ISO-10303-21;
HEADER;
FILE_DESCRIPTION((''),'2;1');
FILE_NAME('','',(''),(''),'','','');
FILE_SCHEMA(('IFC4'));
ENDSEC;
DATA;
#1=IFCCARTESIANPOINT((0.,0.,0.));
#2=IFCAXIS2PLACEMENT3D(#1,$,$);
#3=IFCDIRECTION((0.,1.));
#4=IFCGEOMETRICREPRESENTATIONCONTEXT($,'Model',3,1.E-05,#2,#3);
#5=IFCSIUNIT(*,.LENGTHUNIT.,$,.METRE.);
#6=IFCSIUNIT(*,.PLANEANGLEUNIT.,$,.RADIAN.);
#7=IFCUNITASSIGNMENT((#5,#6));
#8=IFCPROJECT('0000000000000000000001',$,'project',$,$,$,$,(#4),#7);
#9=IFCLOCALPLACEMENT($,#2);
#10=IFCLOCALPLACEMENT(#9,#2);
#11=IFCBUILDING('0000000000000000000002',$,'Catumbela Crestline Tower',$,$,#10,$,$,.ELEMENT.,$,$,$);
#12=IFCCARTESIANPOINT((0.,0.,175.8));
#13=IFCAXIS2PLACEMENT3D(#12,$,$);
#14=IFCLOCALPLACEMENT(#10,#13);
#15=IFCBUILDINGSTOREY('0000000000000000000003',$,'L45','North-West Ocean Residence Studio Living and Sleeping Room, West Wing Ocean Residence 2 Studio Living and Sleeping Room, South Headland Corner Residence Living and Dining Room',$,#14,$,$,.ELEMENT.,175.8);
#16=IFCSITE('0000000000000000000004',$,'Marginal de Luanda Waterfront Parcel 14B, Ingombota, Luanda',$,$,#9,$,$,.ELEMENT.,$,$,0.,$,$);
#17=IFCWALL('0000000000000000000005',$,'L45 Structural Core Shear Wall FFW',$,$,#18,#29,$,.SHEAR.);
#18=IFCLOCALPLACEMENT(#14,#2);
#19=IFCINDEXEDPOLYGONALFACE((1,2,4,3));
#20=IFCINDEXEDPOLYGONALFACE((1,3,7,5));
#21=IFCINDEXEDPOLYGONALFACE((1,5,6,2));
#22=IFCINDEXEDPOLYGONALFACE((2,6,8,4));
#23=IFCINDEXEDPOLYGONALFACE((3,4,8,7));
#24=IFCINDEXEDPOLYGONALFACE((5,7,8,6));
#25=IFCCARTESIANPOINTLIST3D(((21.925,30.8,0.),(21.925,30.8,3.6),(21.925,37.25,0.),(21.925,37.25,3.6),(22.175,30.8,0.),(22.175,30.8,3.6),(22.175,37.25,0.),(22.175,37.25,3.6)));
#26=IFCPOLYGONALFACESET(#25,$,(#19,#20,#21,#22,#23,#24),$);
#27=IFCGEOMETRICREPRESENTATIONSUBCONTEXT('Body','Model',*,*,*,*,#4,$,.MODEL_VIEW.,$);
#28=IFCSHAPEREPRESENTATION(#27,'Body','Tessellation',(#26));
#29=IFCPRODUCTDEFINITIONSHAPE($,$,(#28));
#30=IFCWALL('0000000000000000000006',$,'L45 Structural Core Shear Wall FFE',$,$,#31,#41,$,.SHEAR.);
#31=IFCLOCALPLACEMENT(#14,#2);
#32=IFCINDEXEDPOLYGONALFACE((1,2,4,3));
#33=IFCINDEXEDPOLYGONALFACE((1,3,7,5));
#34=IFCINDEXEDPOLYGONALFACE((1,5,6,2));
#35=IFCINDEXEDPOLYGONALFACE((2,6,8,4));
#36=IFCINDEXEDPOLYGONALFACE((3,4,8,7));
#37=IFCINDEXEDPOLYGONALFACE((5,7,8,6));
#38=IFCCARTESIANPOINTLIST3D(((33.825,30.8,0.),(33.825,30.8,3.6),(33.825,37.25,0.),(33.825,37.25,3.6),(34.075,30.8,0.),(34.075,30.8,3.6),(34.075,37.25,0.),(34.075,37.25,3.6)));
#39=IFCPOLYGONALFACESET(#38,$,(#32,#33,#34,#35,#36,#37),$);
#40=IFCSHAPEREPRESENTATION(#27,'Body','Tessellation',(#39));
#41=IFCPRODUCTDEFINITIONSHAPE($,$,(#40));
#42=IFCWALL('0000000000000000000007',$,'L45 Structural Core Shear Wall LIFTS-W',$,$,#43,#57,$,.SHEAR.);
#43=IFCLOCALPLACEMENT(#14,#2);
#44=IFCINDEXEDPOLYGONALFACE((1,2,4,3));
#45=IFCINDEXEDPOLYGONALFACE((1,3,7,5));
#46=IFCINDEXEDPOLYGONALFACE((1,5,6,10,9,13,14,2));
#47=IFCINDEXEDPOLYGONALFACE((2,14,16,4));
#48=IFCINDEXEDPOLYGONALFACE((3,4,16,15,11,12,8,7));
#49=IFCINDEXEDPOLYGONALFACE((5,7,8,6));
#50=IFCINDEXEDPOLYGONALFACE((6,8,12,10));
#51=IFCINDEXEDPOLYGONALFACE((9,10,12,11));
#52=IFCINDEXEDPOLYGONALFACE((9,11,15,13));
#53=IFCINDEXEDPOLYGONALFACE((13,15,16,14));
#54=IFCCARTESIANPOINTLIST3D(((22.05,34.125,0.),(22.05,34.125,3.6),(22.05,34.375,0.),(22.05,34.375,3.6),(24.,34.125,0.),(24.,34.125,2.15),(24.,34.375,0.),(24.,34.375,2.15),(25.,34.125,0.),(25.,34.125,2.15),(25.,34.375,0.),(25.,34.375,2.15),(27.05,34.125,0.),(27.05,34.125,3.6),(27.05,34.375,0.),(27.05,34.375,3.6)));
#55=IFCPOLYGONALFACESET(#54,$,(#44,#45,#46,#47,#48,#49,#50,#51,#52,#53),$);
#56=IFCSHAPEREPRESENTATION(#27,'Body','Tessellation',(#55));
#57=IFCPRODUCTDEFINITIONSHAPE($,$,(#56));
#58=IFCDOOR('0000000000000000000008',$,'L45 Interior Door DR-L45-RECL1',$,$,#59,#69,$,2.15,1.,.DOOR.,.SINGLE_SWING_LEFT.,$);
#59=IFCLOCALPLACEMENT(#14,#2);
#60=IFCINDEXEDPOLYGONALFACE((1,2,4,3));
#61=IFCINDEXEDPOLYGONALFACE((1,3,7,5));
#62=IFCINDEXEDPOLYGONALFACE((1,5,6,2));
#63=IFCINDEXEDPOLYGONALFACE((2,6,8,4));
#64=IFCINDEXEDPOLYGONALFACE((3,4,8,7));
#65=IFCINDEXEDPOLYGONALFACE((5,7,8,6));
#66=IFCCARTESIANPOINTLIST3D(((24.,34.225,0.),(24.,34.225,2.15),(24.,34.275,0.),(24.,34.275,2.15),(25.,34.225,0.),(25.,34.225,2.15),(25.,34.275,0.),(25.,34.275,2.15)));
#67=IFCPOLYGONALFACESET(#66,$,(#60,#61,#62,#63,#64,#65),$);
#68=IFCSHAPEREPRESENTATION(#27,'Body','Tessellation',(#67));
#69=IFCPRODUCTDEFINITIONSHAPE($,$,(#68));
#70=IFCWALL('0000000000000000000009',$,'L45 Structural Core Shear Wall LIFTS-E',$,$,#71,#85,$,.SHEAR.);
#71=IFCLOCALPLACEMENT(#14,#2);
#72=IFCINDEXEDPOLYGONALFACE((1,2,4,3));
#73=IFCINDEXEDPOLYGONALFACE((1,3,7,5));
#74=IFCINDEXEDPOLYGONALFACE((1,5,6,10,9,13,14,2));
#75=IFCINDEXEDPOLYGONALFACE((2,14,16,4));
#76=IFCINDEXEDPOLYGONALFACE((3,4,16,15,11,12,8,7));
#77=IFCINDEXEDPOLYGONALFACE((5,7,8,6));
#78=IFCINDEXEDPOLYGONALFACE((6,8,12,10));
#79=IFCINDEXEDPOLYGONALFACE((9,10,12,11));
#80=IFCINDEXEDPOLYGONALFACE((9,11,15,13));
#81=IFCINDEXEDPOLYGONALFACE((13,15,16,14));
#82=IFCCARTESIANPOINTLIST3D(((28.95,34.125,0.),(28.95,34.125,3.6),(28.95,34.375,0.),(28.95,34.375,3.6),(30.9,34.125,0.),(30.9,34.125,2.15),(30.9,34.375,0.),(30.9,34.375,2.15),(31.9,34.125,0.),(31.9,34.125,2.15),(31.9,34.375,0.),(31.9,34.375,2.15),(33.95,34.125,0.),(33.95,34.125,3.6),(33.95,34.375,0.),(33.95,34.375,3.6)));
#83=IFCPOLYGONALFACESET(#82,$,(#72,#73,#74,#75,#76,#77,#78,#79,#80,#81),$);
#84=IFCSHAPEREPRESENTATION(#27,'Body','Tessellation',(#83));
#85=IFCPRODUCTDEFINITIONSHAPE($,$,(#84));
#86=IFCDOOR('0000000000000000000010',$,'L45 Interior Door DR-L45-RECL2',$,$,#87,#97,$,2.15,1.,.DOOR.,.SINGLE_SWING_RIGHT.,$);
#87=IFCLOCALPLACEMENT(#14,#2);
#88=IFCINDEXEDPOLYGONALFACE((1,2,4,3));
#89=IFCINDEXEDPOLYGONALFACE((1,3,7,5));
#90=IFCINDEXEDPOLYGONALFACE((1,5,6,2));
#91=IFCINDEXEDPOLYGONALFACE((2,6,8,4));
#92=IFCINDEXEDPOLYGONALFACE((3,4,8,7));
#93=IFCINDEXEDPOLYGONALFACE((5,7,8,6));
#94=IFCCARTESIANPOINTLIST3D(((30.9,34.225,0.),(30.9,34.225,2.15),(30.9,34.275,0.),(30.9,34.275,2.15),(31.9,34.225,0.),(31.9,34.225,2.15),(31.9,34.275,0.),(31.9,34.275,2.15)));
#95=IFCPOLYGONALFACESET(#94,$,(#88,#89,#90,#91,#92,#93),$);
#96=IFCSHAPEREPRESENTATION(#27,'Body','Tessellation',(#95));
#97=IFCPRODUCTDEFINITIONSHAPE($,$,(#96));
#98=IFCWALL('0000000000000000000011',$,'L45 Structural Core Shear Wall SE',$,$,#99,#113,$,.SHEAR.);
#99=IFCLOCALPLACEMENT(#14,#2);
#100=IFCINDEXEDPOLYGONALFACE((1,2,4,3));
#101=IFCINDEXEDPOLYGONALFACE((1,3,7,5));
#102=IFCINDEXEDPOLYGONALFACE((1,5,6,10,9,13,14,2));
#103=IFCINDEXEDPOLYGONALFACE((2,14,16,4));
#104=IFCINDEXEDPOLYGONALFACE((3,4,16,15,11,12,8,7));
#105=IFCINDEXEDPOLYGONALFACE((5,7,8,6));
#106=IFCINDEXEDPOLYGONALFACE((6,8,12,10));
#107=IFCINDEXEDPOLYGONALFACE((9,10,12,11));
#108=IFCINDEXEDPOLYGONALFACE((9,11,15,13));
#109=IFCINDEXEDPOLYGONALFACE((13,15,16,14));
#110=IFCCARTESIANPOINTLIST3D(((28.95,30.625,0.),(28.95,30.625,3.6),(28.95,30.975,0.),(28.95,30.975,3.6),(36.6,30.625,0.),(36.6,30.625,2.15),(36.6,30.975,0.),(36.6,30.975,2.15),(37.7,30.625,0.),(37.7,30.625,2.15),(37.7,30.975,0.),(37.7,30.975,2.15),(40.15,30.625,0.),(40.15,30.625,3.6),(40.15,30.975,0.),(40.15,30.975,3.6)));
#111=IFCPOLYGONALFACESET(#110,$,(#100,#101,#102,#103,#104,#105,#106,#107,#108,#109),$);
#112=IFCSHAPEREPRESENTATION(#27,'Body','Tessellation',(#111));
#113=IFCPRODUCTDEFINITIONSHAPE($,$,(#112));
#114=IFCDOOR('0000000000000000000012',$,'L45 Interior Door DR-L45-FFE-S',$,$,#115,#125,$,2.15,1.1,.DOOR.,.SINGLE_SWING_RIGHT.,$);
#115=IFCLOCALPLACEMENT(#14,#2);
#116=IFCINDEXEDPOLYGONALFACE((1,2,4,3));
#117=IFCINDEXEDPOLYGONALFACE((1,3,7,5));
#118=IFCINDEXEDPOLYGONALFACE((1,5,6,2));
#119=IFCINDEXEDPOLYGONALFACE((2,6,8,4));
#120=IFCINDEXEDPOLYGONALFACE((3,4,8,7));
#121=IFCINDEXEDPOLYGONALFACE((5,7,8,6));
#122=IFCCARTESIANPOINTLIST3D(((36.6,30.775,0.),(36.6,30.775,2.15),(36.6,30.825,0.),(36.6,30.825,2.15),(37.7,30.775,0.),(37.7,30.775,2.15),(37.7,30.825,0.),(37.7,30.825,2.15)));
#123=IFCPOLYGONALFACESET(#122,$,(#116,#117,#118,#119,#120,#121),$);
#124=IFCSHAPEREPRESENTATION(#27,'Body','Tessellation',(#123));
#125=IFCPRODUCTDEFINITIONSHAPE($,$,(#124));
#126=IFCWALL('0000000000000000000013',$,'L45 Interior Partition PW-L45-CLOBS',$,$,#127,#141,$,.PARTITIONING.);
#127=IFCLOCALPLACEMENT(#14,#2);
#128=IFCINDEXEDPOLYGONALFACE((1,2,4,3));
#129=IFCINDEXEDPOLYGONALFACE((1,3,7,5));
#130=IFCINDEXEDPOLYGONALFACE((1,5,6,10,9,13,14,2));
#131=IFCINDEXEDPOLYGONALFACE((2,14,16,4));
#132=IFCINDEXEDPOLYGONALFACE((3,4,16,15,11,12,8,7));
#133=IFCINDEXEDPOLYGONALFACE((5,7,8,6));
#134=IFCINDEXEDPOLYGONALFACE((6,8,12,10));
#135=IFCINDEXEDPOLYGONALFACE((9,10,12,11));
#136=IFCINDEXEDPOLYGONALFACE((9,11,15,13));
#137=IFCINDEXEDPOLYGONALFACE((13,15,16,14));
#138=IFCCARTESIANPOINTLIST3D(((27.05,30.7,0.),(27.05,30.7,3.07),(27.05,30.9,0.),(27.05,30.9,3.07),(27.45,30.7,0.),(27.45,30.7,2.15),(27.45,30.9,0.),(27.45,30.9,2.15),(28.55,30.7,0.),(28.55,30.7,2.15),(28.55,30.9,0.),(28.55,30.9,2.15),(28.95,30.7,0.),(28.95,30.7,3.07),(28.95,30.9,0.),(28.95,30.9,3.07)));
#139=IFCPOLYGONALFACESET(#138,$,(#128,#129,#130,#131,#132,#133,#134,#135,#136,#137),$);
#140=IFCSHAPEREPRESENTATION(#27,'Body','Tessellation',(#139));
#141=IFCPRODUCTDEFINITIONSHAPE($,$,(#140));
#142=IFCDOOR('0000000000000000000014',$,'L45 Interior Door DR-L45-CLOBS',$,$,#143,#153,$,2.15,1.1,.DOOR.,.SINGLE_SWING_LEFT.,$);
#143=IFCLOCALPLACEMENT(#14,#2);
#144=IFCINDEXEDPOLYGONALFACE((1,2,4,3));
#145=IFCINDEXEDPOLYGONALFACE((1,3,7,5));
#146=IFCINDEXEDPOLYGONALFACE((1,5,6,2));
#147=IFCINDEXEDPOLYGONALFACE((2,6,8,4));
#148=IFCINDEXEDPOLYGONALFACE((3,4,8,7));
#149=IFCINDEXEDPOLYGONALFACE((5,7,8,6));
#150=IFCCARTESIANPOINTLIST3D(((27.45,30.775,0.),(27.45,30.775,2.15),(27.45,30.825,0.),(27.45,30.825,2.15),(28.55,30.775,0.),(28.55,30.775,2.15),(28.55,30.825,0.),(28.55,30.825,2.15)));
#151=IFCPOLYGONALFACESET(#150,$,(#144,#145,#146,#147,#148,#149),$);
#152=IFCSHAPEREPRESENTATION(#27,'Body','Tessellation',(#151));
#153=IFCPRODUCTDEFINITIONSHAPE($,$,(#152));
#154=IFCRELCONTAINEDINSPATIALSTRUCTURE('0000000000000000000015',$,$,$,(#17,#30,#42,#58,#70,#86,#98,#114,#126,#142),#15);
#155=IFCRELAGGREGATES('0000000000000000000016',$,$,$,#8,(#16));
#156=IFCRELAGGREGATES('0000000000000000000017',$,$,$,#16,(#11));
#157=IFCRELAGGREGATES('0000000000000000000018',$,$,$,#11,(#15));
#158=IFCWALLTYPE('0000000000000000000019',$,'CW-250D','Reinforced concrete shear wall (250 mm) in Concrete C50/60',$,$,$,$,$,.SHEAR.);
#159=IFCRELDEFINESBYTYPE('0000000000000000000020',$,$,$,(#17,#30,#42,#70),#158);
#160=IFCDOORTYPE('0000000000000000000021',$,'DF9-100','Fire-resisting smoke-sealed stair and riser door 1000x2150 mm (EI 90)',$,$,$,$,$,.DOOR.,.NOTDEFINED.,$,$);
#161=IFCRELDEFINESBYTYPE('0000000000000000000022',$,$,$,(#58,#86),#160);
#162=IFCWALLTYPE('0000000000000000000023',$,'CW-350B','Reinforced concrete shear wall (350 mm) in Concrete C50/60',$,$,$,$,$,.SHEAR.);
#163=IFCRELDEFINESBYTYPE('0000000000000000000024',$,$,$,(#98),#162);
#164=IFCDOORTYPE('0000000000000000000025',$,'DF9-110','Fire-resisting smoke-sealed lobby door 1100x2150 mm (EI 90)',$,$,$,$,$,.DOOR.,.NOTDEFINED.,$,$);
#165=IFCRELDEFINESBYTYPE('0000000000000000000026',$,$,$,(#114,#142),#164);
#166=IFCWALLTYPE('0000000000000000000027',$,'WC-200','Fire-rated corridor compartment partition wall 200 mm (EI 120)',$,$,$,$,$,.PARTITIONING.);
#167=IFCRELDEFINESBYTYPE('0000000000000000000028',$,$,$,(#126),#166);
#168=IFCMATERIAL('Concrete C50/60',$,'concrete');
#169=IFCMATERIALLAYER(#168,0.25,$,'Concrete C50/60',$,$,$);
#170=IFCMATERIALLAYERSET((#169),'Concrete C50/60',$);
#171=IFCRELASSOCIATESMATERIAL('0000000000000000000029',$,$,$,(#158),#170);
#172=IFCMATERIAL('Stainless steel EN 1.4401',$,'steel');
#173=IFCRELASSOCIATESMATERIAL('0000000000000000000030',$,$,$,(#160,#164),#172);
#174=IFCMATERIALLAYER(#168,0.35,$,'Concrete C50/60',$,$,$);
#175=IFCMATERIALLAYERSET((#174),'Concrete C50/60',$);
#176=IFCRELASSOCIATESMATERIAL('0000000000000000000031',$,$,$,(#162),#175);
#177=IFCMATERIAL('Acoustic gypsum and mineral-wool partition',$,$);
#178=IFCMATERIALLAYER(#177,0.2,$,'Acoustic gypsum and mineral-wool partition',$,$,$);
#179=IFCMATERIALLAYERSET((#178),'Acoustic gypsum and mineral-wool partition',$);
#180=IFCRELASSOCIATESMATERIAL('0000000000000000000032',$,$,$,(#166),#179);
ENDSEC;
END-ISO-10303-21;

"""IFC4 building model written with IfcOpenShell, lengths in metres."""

from ifc_helpers import new_model, si_unit, direction, frame, frame_2d, origin, place, context, subcontext, project, spatial, rectangle, extrude, material, layer, layer_set, type_object, element, fill, save


model = new_model("IFC4")

# Units and contexts
model_context = context("Model", 3, precision=1e-05, world=origin(), true_north=direction((0.0, 1.0)))
body_context = subcontext(model_context, "Body", "Model", "MODEL_VIEW")
ifc_project = project(units=[si_unit("LENGTHUNIT", "METRE"), si_unit("PLANEANGLEUNIT", "RADIAN")], contexts=[model_context])

# Site, building, storey
site_placement = place(None, origin())
site = spatial("IfcSite", under=ifc_project, at=site_placement, Name="Marginal de Luanda Waterfront Parcel 14B, Ingombota, Luanda", CompositionType="ELEMENT", RefElevation=0.0)
building_placement = place(site_placement, origin())
building = spatial("IfcBuilding", under=site, at=building_placement, Name="Catumbela Crestline Tower", CompositionType="ELEMENT")
storey_placement = place(building_placement, frame((0.0, 0.0, 175.8)))
storey = spatial("IfcBuildingStorey", under=building, at=storey_placement, Name="L45", Description="North-West Ocean Residence Studio Living and Sleeping Room, West Wing Ocean Residence 2 Studio Living and Sleeping Room, South Headland Corner Residence Living and Dining Room", CompositionType="ELEMENT", Elevation=175.8)

# Walls
ifc_material_1 = material(Name="Concrete C50/60", Category="concrete")
ifc_layer_1 = layer(ifc_material_1, 0.25, Name="Concrete C50/60")
ifc_layer_set_1 = layer_set([ifc_layer_1], Name="Concrete C50/60")
wall_type_1 = type_object("IfcWallType", Name="CW-250D", Description="Reinforced concrete shear wall (250 mm) in Concrete C50/60", PredefinedType="SHEAR", material=ifc_layer_set_1)
for number, where, z_axis, x_axis, name in (
    (1, (22.05, 30.8, 0.0), (0.0, 0.0, 1.0), (0.0, 1.0, 0.0), "L45 Structural Core Shear Wall FFW"),
    (2, (33.95, 30.8, 0.0), (0.0, 0.0, 1.0), (0.0, 1.0, 0.0), "L45 Structural Core Shear Wall FFE"),
):
    element("IfcWall", number, at=place(storey_placement, frame(where, z_axis=z_axis, x_axis=x_axis)), inside=storey, type_object=wall_type_1, Name=name, PredefinedType="SHEAR", context=body_context, shape_type="SweptSolid", body=[
        extrude(rectangle(XDim=6.45, YDim=0.25, at=frame_2d((3.225, 0.0))), origin(), (0.0, 0.0, 1.0), 3.6),
    ])

# Walls, openings, doors
wall_1_placement = place(storey_placement, frame((22.05, 34.25, 0.0), z_axis=(0.0, 0.0, 1.0), x_axis=(1.0, 0.0, 0.0)))
wall_1 = element("IfcWall", 3, at=wall_1_placement, inside=storey, type_object=wall_type_1, Name="L45 Structural Core Shear Wall LIFTS-W", PredefinedType="SHEAR", context=body_context, shape_type="SweptSolid", body=[
    extrude(rectangle(XDim=5.0, YDim=0.25, at=frame_2d((2.5, 0.0))), origin(), (0.0, 0.0, 1.0), 3.6),
])
opening_1_placement = place(wall_1_placement, frame((1.95, 0.0, 0.0)))
opening_1 = element("IfcOpeningElement", 4, at=opening_1_placement, cuts=wall_1, PredefinedType="OPENING", context=body_context, shape_type="SweptSolid", body=[
    extrude(rectangle(XDim=1.0, YDim=2.15, at=frame_2d((0.5, 1.075))), frame((0.0, 0.135, 0.0), z_axis=(0.0, -1.0, 0.0), x_axis=(1.0, 0.0, 0.0)), (0.0, 0.0, 1.0), 0.27),
])
ifc_material_2 = material(Name="Stainless steel EN 1.4401", Category="steel")
door_type_1 = type_object("IfcDoorType", Name="DF9-100", Description="Fire-resisting smoke-sealed stair and riser door 1000x2150 mm (EI 90)", OperationType="NOTDEFINED", PredefinedType="DOOR", material=ifc_material_2)
door_1_placement = place(opening_1_placement, origin())
door_1 = element("IfcDoor", 5, at=door_1_placement, inside=storey, type_object=door_type_1, Name="L45 Interior Door DR-L45-RECL1", OperationType="SINGLE_SWING_LEFT", OverallHeight=2.15, OverallWidth=1.0, PredefinedType="DOOR", context=body_context, shape_type="SweptSolid", body=[
    extrude(rectangle(XDim=1.0, YDim=2.15, at=frame_2d((0.5, 1.075))), frame((0.0, 0.025, 0.0), z_axis=(0.0, -1.0, 0.0), x_axis=(1.0, 0.0, 0.0)), (0.0, 0.0, 1.0), 0.05),
])
fill(opening_1, door_1)
wall_2_placement = place(storey_placement, frame((28.95, 34.25, 0.0), z_axis=(0.0, 0.0, 1.0), x_axis=(1.0, 0.0, 0.0)))
wall_2 = element("IfcWall", 6, at=wall_2_placement, inside=storey, type_object=wall_type_1, Name="L45 Structural Core Shear Wall LIFTS-E", PredefinedType="SHEAR", context=body_context, shape_type="SweptSolid", body=[
    extrude(rectangle(XDim=5.0, YDim=0.25, at=frame_2d((2.5, 0.0))), origin(), (0.0, 0.0, 1.0), 3.6),
])
opening_2_placement = place(wall_2_placement, frame((1.95, 0.0, 0.0)))
opening_2 = element("IfcOpeningElement", 7, at=opening_2_placement, cuts=wall_2, PredefinedType="OPENING", context=body_context, shape_type="SweptSolid", body=[
    extrude(rectangle(XDim=1.0, YDim=2.15, at=frame_2d((0.5, 1.075))), frame((0.0, 0.135, 0.0), z_axis=(0.0, -1.0, 0.0), x_axis=(1.0, 0.0, 0.0)), (0.0, 0.0, 1.0), 0.27),
])
door_2_placement = place(opening_2_placement, origin())
door_2 = element("IfcDoor", 8, at=door_2_placement, inside=storey, type_object=door_type_1, Name="L45 Interior Door DR-L45-RECL2", OperationType="SINGLE_SWING_RIGHT", OverallHeight=2.15, OverallWidth=1.0, PredefinedType="DOOR", context=body_context, shape_type="SweptSolid", body=[
    extrude(rectangle(XDim=1.0, YDim=2.15, at=frame_2d((0.5, 1.075))), frame((0.0, 0.025, 0.0), z_axis=(0.0, -1.0, 0.0), x_axis=(1.0, 0.0, 0.0)), (0.0, 0.0, 1.0), 0.05),
])
fill(opening_2, door_2)
ifc_layer_2 = layer(ifc_material_1, 0.35, Name="Concrete C50/60")
ifc_layer_set_2 = layer_set([ifc_layer_2], Name="Concrete C50/60")
wall_type_2 = type_object("IfcWallType", Name="CW-350B", Description="Reinforced concrete shear wall (350 mm) in Concrete C50/60", PredefinedType="SHEAR", material=ifc_layer_set_2)
wall_3_placement = place(storey_placement, frame((28.95, 30.8, 0.0), z_axis=(0.0, 0.0, 1.0), x_axis=(1.0, 0.0, 0.0)))
wall_3 = element("IfcWall", 9, at=wall_3_placement, inside=storey, type_object=wall_type_2, Name="L45 Structural Core Shear Wall SE", PredefinedType="SHEAR", context=body_context, shape_type="SweptSolid", body=[
    extrude(rectangle(XDim=11.2, YDim=0.35, at=frame_2d((5.6, 0.0))), origin(), (0.0, 0.0, 1.0), 3.6),
])
opening_3_placement = place(wall_3_placement, frame((7.65, 0.0, 0.0)))
opening_3 = element("IfcOpeningElement", 10, at=opening_3_placement, cuts=wall_3, PredefinedType="OPENING", context=body_context, shape_type="SweptSolid", body=[
    extrude(rectangle(XDim=1.1, YDim=2.15, at=frame_2d((0.55, 1.075))), frame((0.0, 0.185, 0.0), z_axis=(0.0, -1.0, 0.0), x_axis=(1.0, 0.0, 0.0)), (0.0, 0.0, 1.0), 0.37),
])
door_type_2 = type_object("IfcDoorType", Name="DF9-110", Description="Fire-resisting smoke-sealed lobby door 1100x2150 mm (EI 90)", OperationType="NOTDEFINED", PredefinedType="DOOR", material=ifc_material_2)
door_3_placement = place(opening_3_placement, origin())
door_3 = element("IfcDoor", 11, at=door_3_placement, inside=storey, type_object=door_type_2, Name="L45 Interior Door DR-L45-FFE-S", OperationType="SINGLE_SWING_RIGHT", OverallHeight=2.15, OverallWidth=1.1, PredefinedType="DOOR", context=body_context, shape_type="SweptSolid", body=[
    extrude(rectangle(XDim=1.1, YDim=2.15, at=frame_2d((0.55, 1.075))), frame((0.0, 0.025, 0.0), z_axis=(0.0, -1.0, 0.0), x_axis=(1.0, 0.0, 0.0)), (0.0, 0.0, 1.0), 0.05),
])
fill(opening_3, door_3)
ifc_material_3 = material(Name="Acoustic gypsum and mineral-wool partition")
ifc_layer_3 = layer(ifc_material_3, 0.2, Name="Acoustic gypsum and mineral-wool partition")
ifc_layer_set_3 = layer_set([ifc_layer_3], Name="Acoustic gypsum and mineral-wool partition")
wall_type_3 = type_object("IfcWallType", Name="WC-200", Description="Fire-rated corridor compartment partition wall 200 mm (EI 120)", PredefinedType="PARTITIONING", material=ifc_layer_set_3)
wall_4_placement = place(storey_placement, frame((27.05, 30.8, 0.0), z_axis=(0.0, 0.0, 1.0), x_axis=(1.0, 0.0, 0.0)))
wall_4 = element("IfcWall", 12, at=wall_4_placement, inside=storey, type_object=wall_type_3, Name="L45 Interior Partition PW-L45-CLOBS", PredefinedType="PARTITIONING", context=body_context, shape_type="SweptSolid", body=[
    extrude(rectangle(XDim=1.9, YDim=0.2, at=frame_2d((0.95, 0.0))), origin(), (0.0, 0.0, 1.0), 3.07),
])
opening_4_placement = place(wall_4_placement, frame((0.4, 0.0, 0.0)))
opening_4 = element("IfcOpeningElement", 13, at=opening_4_placement, cuts=wall_4, PredefinedType="OPENING", context=body_context, shape_type="SweptSolid", body=[
    extrude(rectangle(XDim=1.1, YDim=2.15, at=frame_2d((0.55, 1.075))), frame((0.0, 0.11, 0.0), z_axis=(0.0, -1.0, 0.0), x_axis=(1.0, 0.0, 0.0)), (0.0, 0.0, 1.0), 0.22),
])
door_4_placement = place(opening_4_placement, origin())
door_4 = element("IfcDoor", 14, at=door_4_placement, inside=storey, type_object=door_type_2, Name="L45 Interior Door DR-L45-CLOBS", OperationType="SINGLE_SWING_LEFT", OverallHeight=2.15, OverallWidth=1.1, PredefinedType="DOOR", context=body_context, shape_type="SweptSolid", body=[
    extrude(rectangle(XDim=1.1, YDim=2.15, at=frame_2d((0.55, 1.075))), frame((0.0, 0.025, 0.0), z_axis=(0.0, -1.0, 0.0), x_axis=(1.0, 0.0, 0.0)), (0.0, 0.0, 1.0), 0.05),
])
fill(opening_4, door_4)

save(model, "model.ifc")
